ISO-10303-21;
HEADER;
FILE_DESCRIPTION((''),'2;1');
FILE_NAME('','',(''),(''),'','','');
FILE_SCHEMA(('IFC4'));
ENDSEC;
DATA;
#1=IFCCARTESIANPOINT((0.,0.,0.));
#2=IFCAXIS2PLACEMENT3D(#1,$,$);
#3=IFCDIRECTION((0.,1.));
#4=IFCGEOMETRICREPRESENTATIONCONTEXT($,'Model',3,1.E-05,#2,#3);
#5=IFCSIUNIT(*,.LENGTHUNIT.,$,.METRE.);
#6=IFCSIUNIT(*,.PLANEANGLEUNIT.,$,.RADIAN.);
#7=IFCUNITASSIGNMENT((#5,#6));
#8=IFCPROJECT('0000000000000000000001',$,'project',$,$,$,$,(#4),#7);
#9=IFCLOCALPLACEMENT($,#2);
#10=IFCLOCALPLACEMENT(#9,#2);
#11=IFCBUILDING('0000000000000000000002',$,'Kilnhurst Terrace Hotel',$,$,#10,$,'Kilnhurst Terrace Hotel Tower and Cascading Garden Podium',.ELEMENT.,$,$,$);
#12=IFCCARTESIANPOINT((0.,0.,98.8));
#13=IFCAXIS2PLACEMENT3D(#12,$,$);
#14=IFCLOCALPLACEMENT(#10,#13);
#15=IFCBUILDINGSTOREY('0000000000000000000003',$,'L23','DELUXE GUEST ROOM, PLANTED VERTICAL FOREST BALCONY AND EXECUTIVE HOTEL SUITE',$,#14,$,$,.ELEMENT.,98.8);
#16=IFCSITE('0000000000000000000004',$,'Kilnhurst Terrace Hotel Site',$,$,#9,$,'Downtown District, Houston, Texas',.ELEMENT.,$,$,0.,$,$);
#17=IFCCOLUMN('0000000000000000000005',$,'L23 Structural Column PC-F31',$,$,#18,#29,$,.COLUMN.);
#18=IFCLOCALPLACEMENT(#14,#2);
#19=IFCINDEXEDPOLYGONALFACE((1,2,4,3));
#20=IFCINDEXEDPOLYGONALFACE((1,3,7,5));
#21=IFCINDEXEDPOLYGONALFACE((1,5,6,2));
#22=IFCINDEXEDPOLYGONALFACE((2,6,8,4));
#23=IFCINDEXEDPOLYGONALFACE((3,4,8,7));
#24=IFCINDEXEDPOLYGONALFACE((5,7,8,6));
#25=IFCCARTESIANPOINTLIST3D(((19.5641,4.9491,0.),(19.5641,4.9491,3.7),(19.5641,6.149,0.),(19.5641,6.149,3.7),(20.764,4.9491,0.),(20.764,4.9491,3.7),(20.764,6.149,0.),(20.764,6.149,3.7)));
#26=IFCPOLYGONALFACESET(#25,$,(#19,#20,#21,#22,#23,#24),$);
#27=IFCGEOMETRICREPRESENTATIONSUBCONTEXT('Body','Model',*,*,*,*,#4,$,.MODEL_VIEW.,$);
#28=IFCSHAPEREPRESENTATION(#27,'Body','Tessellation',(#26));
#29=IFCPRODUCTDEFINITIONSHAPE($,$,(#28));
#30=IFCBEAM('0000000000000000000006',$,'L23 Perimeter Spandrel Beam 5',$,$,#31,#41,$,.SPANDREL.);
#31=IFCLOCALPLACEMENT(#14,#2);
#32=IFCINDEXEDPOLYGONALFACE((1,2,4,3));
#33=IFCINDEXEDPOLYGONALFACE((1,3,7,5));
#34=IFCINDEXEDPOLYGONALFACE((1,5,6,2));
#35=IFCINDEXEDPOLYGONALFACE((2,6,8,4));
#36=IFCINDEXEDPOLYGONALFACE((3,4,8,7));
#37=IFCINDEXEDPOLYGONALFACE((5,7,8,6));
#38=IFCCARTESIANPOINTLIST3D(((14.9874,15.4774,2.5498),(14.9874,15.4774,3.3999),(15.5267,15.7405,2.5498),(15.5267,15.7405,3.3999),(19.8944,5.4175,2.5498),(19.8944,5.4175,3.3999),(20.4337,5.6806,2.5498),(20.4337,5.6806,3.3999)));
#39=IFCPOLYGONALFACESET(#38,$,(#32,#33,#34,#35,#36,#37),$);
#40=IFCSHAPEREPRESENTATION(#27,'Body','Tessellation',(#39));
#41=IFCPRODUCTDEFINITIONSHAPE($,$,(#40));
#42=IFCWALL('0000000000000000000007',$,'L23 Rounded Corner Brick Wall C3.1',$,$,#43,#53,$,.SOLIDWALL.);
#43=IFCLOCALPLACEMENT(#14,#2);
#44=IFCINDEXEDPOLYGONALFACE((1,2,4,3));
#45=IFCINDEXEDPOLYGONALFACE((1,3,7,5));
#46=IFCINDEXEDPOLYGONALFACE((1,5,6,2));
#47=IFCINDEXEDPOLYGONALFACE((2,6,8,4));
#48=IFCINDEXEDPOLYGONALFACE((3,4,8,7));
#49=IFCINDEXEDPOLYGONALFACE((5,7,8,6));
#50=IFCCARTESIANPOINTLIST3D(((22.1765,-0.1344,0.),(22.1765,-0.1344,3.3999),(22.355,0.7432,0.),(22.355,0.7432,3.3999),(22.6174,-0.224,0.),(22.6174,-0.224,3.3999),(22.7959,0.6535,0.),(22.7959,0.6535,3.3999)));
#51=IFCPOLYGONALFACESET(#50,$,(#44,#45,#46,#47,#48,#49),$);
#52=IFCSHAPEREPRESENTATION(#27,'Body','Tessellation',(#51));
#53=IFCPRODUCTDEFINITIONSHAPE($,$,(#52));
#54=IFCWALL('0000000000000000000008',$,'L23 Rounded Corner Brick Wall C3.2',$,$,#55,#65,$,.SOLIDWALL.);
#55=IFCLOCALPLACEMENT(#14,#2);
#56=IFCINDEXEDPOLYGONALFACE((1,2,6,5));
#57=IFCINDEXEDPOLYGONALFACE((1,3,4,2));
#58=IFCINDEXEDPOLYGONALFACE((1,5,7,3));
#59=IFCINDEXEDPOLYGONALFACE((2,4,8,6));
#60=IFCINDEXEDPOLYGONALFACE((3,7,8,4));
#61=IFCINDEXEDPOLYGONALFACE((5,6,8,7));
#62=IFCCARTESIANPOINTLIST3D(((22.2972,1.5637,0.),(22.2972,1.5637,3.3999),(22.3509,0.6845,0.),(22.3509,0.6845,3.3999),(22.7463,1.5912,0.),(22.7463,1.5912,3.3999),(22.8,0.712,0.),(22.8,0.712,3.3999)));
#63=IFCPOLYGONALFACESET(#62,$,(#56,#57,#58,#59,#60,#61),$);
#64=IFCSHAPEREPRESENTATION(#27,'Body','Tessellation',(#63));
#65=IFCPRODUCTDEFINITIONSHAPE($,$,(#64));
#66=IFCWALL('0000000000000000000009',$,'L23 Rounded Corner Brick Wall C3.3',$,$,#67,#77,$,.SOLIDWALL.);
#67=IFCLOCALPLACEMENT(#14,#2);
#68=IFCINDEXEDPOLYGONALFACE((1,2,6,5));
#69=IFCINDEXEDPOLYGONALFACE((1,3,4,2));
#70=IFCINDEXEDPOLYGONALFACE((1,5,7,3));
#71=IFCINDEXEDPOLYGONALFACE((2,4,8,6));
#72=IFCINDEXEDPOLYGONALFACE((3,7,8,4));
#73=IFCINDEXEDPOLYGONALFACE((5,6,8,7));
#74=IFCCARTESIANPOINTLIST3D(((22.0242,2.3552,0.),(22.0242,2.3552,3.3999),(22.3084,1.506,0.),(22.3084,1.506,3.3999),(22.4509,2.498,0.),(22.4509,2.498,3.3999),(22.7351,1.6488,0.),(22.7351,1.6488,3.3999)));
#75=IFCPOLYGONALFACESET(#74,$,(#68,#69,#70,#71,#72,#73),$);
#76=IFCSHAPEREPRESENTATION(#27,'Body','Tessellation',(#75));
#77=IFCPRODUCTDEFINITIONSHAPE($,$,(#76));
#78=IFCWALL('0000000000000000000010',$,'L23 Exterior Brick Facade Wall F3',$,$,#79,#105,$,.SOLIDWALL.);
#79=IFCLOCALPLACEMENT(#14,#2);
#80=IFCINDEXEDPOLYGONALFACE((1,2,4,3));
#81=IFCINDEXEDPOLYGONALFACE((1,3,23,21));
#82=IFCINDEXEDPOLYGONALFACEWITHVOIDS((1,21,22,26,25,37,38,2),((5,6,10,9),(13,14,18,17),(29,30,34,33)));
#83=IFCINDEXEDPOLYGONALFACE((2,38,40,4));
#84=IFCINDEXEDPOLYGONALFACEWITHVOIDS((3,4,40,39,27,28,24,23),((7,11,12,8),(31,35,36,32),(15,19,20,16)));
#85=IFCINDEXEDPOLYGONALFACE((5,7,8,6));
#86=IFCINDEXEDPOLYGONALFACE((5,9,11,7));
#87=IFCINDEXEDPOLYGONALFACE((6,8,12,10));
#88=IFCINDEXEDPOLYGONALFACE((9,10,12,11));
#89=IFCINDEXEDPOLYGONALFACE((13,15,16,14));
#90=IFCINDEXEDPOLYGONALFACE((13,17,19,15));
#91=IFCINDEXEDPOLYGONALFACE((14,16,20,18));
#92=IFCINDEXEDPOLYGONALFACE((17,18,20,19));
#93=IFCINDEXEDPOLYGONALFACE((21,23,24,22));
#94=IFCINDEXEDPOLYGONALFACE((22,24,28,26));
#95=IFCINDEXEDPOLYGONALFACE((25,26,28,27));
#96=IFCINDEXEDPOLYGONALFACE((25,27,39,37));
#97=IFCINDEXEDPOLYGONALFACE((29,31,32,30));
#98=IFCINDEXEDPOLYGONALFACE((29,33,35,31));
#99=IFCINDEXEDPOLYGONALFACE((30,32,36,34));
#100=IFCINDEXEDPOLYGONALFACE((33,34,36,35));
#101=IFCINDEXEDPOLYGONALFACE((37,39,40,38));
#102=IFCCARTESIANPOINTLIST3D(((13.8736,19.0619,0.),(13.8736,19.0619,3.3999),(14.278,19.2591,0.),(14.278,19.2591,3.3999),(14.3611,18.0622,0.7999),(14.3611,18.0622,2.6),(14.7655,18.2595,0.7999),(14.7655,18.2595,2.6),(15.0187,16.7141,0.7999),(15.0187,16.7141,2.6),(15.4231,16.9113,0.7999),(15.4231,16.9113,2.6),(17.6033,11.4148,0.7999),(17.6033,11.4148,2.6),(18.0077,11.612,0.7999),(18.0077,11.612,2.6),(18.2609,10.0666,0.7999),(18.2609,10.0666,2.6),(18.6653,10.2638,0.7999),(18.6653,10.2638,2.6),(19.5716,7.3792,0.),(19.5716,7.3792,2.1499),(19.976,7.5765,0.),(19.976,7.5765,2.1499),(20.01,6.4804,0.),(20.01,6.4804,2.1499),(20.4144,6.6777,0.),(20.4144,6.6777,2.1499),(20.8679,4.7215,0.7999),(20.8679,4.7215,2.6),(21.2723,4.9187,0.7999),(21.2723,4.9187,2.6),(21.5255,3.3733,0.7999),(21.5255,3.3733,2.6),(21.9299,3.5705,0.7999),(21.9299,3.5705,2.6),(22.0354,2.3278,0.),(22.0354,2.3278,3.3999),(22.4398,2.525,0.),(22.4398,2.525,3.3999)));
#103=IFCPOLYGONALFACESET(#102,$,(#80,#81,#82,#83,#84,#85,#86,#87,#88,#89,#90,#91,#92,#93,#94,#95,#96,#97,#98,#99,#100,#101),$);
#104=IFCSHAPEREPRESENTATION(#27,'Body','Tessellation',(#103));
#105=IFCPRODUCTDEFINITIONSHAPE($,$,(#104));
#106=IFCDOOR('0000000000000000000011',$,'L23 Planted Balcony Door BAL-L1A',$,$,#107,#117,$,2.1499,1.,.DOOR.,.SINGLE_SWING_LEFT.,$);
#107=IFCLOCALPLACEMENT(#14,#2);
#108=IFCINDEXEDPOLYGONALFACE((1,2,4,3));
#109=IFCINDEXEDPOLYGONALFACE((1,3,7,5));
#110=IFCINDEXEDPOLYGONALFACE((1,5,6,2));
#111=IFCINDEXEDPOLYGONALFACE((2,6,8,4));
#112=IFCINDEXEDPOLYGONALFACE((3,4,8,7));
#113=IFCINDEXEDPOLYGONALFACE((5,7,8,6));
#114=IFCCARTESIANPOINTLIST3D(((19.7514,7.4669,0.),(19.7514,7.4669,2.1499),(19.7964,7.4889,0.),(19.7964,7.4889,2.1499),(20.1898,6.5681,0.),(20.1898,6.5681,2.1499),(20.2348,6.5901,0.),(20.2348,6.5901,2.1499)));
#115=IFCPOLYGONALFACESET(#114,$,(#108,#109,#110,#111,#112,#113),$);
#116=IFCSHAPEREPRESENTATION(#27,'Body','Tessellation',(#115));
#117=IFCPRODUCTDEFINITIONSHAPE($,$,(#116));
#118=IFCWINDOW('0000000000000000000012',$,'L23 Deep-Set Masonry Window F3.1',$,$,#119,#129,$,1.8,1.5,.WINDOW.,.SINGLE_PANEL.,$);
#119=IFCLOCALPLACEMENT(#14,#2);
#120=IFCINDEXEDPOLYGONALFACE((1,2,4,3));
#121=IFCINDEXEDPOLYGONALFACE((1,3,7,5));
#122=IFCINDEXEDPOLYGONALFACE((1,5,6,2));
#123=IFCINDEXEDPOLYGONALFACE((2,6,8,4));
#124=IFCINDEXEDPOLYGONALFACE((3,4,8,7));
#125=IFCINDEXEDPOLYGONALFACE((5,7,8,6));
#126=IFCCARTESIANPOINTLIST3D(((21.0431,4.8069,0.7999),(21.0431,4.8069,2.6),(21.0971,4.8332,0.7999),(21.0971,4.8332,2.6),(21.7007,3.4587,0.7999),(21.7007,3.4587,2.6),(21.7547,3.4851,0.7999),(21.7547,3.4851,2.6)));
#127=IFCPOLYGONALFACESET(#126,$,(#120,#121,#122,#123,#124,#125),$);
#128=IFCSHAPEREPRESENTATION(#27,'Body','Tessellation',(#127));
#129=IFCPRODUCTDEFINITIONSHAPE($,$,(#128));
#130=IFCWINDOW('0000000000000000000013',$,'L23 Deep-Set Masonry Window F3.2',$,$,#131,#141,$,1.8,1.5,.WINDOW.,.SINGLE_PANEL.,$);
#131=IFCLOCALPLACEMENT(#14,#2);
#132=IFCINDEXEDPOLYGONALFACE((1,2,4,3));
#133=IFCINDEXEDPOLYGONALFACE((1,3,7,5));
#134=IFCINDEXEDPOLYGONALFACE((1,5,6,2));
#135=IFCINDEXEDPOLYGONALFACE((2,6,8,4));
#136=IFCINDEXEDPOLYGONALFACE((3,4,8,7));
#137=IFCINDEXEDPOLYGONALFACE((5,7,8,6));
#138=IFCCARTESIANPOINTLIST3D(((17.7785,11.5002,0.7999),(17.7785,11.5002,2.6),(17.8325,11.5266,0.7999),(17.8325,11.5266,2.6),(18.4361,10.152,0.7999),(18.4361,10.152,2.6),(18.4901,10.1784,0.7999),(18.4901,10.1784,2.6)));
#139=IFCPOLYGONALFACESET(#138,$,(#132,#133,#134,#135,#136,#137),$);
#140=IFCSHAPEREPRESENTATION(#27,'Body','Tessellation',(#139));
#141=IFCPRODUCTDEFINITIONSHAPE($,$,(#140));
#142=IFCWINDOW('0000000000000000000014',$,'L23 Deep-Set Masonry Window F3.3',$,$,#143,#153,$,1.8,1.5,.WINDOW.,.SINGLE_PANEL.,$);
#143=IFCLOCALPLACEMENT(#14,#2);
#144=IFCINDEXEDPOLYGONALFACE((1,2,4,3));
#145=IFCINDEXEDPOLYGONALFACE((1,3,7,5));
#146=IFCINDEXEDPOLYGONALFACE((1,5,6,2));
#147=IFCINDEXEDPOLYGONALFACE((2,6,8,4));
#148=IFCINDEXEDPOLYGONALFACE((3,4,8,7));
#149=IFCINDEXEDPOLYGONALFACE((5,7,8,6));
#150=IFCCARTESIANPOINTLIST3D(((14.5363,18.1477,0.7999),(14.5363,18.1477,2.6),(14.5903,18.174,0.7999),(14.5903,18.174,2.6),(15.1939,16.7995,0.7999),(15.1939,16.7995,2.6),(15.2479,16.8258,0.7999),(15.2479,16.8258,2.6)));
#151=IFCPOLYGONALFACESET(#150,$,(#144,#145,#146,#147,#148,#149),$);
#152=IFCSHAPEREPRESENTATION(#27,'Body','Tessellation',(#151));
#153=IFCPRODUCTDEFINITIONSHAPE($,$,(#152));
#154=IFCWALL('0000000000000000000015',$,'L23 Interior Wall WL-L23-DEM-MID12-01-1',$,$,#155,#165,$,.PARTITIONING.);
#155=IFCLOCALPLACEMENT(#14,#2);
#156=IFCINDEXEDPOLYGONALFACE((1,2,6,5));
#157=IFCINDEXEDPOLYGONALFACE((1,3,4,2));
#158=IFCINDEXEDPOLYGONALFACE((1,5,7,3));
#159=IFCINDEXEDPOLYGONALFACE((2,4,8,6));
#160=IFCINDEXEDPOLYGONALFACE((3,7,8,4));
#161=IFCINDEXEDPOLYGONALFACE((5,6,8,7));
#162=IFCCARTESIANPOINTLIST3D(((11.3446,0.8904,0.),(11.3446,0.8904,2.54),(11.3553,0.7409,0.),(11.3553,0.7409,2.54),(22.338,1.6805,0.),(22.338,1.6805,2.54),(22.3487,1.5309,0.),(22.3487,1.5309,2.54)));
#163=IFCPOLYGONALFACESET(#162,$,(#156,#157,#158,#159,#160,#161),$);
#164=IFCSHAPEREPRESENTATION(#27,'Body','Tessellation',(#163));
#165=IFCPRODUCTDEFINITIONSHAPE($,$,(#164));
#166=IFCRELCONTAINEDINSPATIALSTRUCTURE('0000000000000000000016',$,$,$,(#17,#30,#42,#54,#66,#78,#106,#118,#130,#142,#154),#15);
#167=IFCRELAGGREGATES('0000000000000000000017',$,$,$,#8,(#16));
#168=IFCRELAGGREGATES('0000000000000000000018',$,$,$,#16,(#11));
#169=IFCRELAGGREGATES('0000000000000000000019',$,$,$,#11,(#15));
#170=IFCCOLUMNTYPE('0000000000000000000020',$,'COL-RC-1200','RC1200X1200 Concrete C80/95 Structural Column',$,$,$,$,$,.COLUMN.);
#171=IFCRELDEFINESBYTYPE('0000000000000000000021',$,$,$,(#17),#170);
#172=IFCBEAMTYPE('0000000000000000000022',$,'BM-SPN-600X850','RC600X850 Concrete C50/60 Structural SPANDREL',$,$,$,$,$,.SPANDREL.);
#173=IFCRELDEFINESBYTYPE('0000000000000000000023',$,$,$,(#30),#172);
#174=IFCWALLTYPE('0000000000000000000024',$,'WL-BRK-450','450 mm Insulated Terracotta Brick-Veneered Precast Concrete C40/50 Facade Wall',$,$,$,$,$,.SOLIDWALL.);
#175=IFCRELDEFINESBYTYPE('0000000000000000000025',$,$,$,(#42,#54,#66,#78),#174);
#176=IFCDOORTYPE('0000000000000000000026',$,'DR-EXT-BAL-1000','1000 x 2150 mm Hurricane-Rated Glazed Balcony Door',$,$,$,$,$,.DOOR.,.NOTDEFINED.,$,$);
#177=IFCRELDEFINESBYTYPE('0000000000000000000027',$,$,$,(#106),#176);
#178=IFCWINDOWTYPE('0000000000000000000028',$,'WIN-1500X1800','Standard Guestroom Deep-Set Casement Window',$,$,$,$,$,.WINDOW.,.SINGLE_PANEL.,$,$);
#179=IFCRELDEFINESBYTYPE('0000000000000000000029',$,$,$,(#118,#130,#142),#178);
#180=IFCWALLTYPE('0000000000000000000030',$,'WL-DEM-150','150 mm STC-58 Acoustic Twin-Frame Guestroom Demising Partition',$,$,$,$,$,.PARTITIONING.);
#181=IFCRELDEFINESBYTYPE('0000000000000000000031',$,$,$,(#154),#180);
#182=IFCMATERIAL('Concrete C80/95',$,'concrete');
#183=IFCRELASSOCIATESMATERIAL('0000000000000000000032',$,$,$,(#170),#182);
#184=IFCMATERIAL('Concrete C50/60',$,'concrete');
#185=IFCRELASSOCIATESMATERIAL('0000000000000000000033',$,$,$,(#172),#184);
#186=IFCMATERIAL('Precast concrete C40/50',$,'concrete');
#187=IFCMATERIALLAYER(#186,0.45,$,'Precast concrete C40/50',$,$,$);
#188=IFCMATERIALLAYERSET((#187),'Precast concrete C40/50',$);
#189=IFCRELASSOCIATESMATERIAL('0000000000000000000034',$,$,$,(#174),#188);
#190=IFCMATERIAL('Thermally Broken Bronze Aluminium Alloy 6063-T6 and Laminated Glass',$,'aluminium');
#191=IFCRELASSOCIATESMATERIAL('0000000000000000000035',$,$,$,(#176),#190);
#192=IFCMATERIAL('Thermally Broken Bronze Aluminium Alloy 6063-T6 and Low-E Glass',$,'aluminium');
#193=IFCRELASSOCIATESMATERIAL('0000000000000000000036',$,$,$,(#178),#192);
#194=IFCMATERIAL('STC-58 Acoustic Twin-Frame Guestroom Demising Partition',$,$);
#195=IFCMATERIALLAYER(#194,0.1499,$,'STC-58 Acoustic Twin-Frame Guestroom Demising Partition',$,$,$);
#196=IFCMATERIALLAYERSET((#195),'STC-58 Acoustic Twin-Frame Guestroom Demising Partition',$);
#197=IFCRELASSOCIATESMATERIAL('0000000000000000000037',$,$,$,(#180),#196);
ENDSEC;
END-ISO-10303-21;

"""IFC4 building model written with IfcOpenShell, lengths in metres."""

from ifc_helpers import new_model, si_unit, direction, frame, frame_2d, origin, origin_2d, place, context, subcontext, project, spatial, rectangle, extrude, material, layer, layer_set, material_profile, profile_set, type_object, element, fill, save


model = new_model("IFC4")

# Units and contexts
model_context = context("Model", 3, precision=1e-05, world=origin(), true_north=direction((0.0, 1.0)))
body_context = subcontext(model_context, "Body", "Model", "MODEL_VIEW")
ifc_project = project(units=[si_unit("LENGTHUNIT", "METRE"), si_unit("PLANEANGLEUNIT", "RADIAN")], contexts=[model_context])

# Site, building, storey
site_placement = place(None, origin())
site = spatial("IfcSite", under=ifc_project, at=site_placement, Name="Kilnhurst Terrace Hotel Site", LongName="Downtown District, Houston, Texas", CompositionType="ELEMENT", RefElevation=0.0)
building_placement = place(site_placement, origin())
building = spatial("IfcBuilding", under=site, at=building_placement, Name="Kilnhurst Terrace Hotel", LongName="Kilnhurst Terrace Hotel Tower and Cascading Garden Podium", CompositionType="ELEMENT")
storey_placement = place(building_placement, frame((0.0, 0.0, 98.8)))
storey = spatial("IfcBuildingStorey", under=building, at=storey_placement, Name="L23", Description="DELUXE GUEST ROOM, PLANTED VERTICAL FOREST BALCONY AND EXECUTIVE HOTEL SUITE", CompositionType="ELEMENT", Elevation=98.8)

# Column
ifc_material_1 = material(Name="Concrete C80/95", Category="concrete")
ifc_material_profile_1 = material_profile(ifc_material_1, rectangle(XDim=1.2, YDim=1.2, at=origin_2d()), Name="RC1200X1200")
ifc_profile_set_1 = profile_set([ifc_material_profile_1], Name="Concrete C80/95")
column_type = type_object("IfcColumnType", Name="COL-RC-1200", Description="RC1200X1200 Concrete C80/95 Structural Column", PredefinedType="COLUMN", material=ifc_profile_set_1)
column_placement = place(storey_placement, frame((20.1641, 5.5491, 0.0), z_axis=(0.0, 0.0, 1.0), x_axis=(1.0, 0.0, 0.0)))
element("IfcColumn", 1, at=column_placement, inside=storey, type_object=column_type, Name="L23 Structural Column PC-F31", PredefinedType="COLUMN", context=body_context, shape_type="SweptSolid", body=[
    extrude(rectangle(XDim=1.2, YDim=1.2, at=origin_2d()), origin(), (0.0, 0.0, 1.0), 3.7),
])

# Beam
ifc_material_2 = material(Name="Concrete C50/60", Category="concrete")
ifc_material_profile_2 = material_profile(ifc_material_2, rectangle(XDim=0.6001, YDim=0.8501, at=origin_2d()), Name="RC600X850")
ifc_profile_set_2 = profile_set([ifc_material_profile_2], Name="Concrete C50/60")
beam_type = type_object("IfcBeamType", Name="BM-SPN-600X850", Description="RC600X850 Concrete C50/60 Structural SPANDREL", PredefinedType="SPANDREL", material=ifc_profile_set_2)
beam_placement = place(storey_placement, frame((20.1641, 5.5491, 2.9749), z_axis=(-0.438406, 0.898777, 0.0), x_axis=(-0.898777, -0.438406, 0.0)))
element("IfcBeam", 2, at=beam_placement, inside=storey, type_object=beam_type, Name="L23 Perimeter Spandrel Beam 5", PredefinedType="SPANDREL", context=body_context, shape_type="SweptSolid", body=[
    extrude(rectangle(XDim=0.6001, YDim=0.8501, at=origin_2d()), origin(), (0.0, 0.0, 1.0), 11.1929),
])

# Walls
ifc_material_3 = material(Name="Precast concrete C40/50", Category="concrete")
ifc_layer_1 = layer(ifc_material_3, 0.45, Name="Precast concrete C40/50")
ifc_layer_set_1 = layer_set([ifc_layer_1], Name="Precast concrete C40/50")
wall_type_1 = type_object("IfcWallType", Name="WL-BRK-450", Description="450 mm Insulated Terracotta Brick-Veneered Precast Concrete C40/50 Facade Wall", PredefinedType="SOLIDWALL", material=ifc_layer_set_1)
wall_1_placement = place(storey_placement, frame((22.397, -0.1792, 0.0), z_axis=(0.0, 0.0, 1.0), x_axis=(0.199314, 0.979936, 0.0)))
element("IfcWall", 3, at=wall_1_placement, inside=storey, type_object=wall_type_1, Name="L23 Rounded Corner Brick Wall C3.1", PredefinedType="SOLIDWALL", context=body_context, shape_type="SweptSolid", body=[
    extrude(rectangle(XDim=0.8955, YDim=0.45, at=frame_2d((0.4478, 0.0))), origin(), (0.0, 0.0, 1.0), 3.3999),
])
wall_2_placement = place(storey_placement, frame((22.5754, 0.6982, 0.0), z_axis=(0.0, 0.0, 1.0), x_axis=(-0.06098, 0.998139, 0.0)))
element("IfcWall", 4, at=wall_2_placement, inside=storey, type_object=wall_type_1, Name="L23 Rounded Corner Brick Wall C3.2", PredefinedType="SOLIDWALL", context=body_context, shape_type="SweptSolid", body=[
    extrude(rectangle(XDim=0.8809, YDim=0.45, at=frame_2d((0.4404, 0.0))), origin(), (0.0, 0.0, 1.0), 3.3999),
])
wall_3_placement = place(storey_placement, frame((22.5217, 1.5774, 0.0), z_axis=(0.0, 0.0, 1.0), x_axis=(-0.317373, 0.948301, 0.0)))
element("IfcWall", 5, at=wall_3_placement, inside=storey, type_object=wall_type_1, Name="L23 Rounded Corner Brick Wall C3.3", PredefinedType="SOLIDWALL", context=body_context, shape_type="SweptSolid", body=[
    extrude(rectangle(XDim=0.8955, YDim=0.45, at=frame_2d((0.4478, 0.0))), origin(), (0.0, 0.0, 1.0), 3.3999),
])

# Wall, openings, door, windows
wall_4_placement = place(storey_placement, frame((22.2375, 2.4265, 0.0), z_axis=(0.0, 0.0, 1.0), x_axis=(-0.438375, 0.898792, 0.0)))
wall_4 = element("IfcWall", 6, at=wall_4_placement, inside=storey, type_object=wall_type_1, Name="L23 Exterior Brick Facade Wall F3", PredefinedType="SOLIDWALL", context=body_context, shape_type="SweptSolid", body=[
    extrude(rectangle(XDim=18.6184, YDim=0.45, at=frame_2d((9.3091, 0.0))), origin(), (0.0, 0.0, 1.0), 3.3999),
])
opening_1_placement = place(wall_4_placement, frame((4.6201, 0.0, 0.0)))
opening_1 = element("IfcOpeningElement", 7, at=opening_1_placement, cuts=wall_4, PredefinedType="OPENING", context=body_context, shape_type="SweptSolid", body=[
    extrude(rectangle(XDim=1.0, YDim=2.1499, at=frame_2d((0.5, 1.075))), frame((0.0, 0.2349, 0.0), z_axis=(0.0, -1.0, 0.0), x_axis=(1.0, 0.0, 0.0)), (0.0, 0.0, 1.0), 0.47),
])
opening_2_placement = place(wall_4_placement, frame((1.1631, 0.0, 0.8)))
opening_2 = element("IfcOpeningElement", 8, at=opening_2_placement, cuts=wall_4, PredefinedType="OPENING", context=body_context, shape_type="SweptSolid", body=[
    extrude(rectangle(XDim=1.5, YDim=1.8, at=frame_2d((0.75, 0.8999))), frame((0.0, 0.2349, 0.0), z_axis=(0.0, -1.0, 0.0), x_axis=(1.0, 0.0, 0.0)), (0.0, 0.0, 1.0), 0.47),
])
opening_3_placement = place(wall_4_placement, frame((8.6101, 0.0, 0.8)))
opening_3 = element("IfcOpeningElement", 9, at=opening_3_placement, cuts=wall_4, PredefinedType="OPENING", context=body_context, shape_type="SweptSolid", body=[
    extrude(rectangle(XDim=1.5, YDim=1.8, at=frame_2d((0.75, 0.8999))), frame((0.0, 0.2349, 0.0), z_axis=(0.0, -1.0, 0.0), x_axis=(1.0, 0.0, 0.0)), (0.0, 0.0, 1.0), 0.47),
])
opening_4_placement = place(wall_4_placement, frame((16.0061, 0.0, 0.8)))
opening_4 = element("IfcOpeningElement", 10, at=opening_4_placement, cuts=wall_4, PredefinedType="OPENING", context=body_context, shape_type="SweptSolid", body=[
    extrude(rectangle(XDim=1.5, YDim=1.8, at=frame_2d((0.75, 0.8999))), frame((0.0, 0.2349, 0.0), z_axis=(0.0, -1.0, 0.0), x_axis=(1.0, 0.0, 0.0)), (0.0, 0.0, 1.0), 0.47),
])
ifc_material_4 = material(Name="Thermally Broken Bronze Aluminium Alloy 6063-T6 and Laminated Glass", Category="aluminium")
door_type_1 = type_object("IfcDoorType", Name="DR-EXT-BAL-1000", Description="1000 x 2150 mm Hurricane-Rated Glazed Balcony Door", OperationType="NOTDEFINED", PredefinedType="DOOR", material=ifc_material_4)
door_1_placement = place(opening_1_placement, origin())
door_1 = element("IfcDoor", 11, at=door_1_placement, inside=storey, type_object=door_type_1, Name="L23 Planted Balcony Door BAL-L1A", OperationType="SINGLE_SWING_LEFT", OverallHeight=2.1499, OverallWidth=1.0, PredefinedType="DOOR", context=body_context, shape_type="SweptSolid", body=[
    extrude(rectangle(XDim=1.0, YDim=2.1499, at=frame_2d((0.5, 1.075))), frame((0.0, 0.0249, 0.0), z_axis=(0.0, -1.0, 0.0), x_axis=(1.0, 0.0, 0.0)), (0.0, 0.0, 1.0), 0.05),
])
fill(opening_1, door_1)
ifc_material_5 = material(Name="Thermally Broken Bronze Aluminium Alloy 6063-T6 and Low-E Glass", Category="aluminium")
window_type = type_object("IfcWindowType", Name="WIN-1500X1800", Description="Standard Guestroom Deep-Set Casement Window", PartitioningType="SINGLE_PANEL", PredefinedType="WINDOW", material=ifc_material_5)
window_1_placement = place(opening_2_placement, origin())
window_1 = element("IfcWindow", 12, at=window_1_placement, inside=storey, type_object=window_type, Name="L23 Deep-Set Masonry Window F3.1", OverallHeight=1.8, OverallWidth=1.5, PartitioningType="SINGLE_PANEL", PredefinedType="WINDOW", context=body_context, shape_type="SweptSolid", body=[
    extrude(rectangle(XDim=1.5, YDim=1.8, at=frame_2d((0.75, 0.8999))), frame((0.0, 0.03, 0.0), z_axis=(0.0, -1.0, 0.0), x_axis=(1.0, 0.0, 0.0)), (0.0, 0.0, 1.0), 0.0601),
])
fill(opening_2, window_1)
window_2_placement = place(opening_3_placement, origin())
window_2 = element("IfcWindow", 13, at=window_2_placement, inside=storey, type_object=window_type, Name="L23 Deep-Set Masonry Window F3.2", OverallHeight=1.8, OverallWidth=1.5, PartitioningType="SINGLE_PANEL", PredefinedType="WINDOW", context=body_context, shape_type="SweptSolid", body=[
    extrude(rectangle(XDim=1.5, YDim=1.8, at=frame_2d((0.75, 0.8999))), frame((0.0, 0.03, 0.0), z_axis=(0.0, -1.0, 0.0), x_axis=(1.0, 0.0, 0.0)), (0.0, 0.0, 1.0), 0.0601),
])
fill(opening_3, window_2)
window_3_placement = place(opening_4_placement, origin())
window_3 = element("IfcWindow", 14, at=window_3_placement, inside=storey, type_object=window_type, Name="L23 Deep-Set Masonry Window F3.3", OverallHeight=1.8, OverallWidth=1.5, PartitioningType="SINGLE_PANEL", PredefinedType="WINDOW", context=body_context, shape_type="SweptSolid", body=[
    extrude(rectangle(XDim=1.5, YDim=1.8, at=frame_2d((0.75, 0.8999))), frame((0.0, 0.03, 0.0), z_axis=(0.0, -1.0, 0.0), x_axis=(1.0, 0.0, 0.0)), (0.0, 0.0, 1.0), 0.0601),
])
fill(opening_4, window_3)

# Wall
ifc_material_6 = material(Name="STC-58 Acoustic Twin-Frame Guestroom Demising Partition")
ifc_layer_2 = layer(ifc_material_6, 0.1499, Name="STC-58 Acoustic Twin-Frame Guestroom Demising Partition")
ifc_layer_set_2 = layer_set([ifc_layer_2], Name="STC-58 Acoustic Twin-Frame Guestroom Demising Partition")
wall_type_2 = type_object("IfcWallType", Name="WL-DEM-150", Description="150 mm STC-58 Acoustic Twin-Frame Guestroom Demising Partition", PredefinedType="PARTITIONING", material=ifc_layer_set_2)
wall_5_placement = place(storey_placement, frame((11.3501, 0.8157, 0.0), z_axis=(0.0, 0.0, 1.0), x_axis=(0.997428, 0.07168, 0.0)))
element("IfcWall", 15, at=wall_5_placement, inside=storey, type_object=wall_type_2, Name="L23 Interior Wall WL-L23-DEM-MID12-01-1", PredefinedType="PARTITIONING", context=body_context, shape_type="SweptSolid", body=[
    extrude(rectangle(XDim=11.0217, YDim=0.1499, at=frame_2d((5.5107, 0.0))), origin(), (0.0, 0.0, 1.0), 2.54),
])

save(model, "model.ifc")
